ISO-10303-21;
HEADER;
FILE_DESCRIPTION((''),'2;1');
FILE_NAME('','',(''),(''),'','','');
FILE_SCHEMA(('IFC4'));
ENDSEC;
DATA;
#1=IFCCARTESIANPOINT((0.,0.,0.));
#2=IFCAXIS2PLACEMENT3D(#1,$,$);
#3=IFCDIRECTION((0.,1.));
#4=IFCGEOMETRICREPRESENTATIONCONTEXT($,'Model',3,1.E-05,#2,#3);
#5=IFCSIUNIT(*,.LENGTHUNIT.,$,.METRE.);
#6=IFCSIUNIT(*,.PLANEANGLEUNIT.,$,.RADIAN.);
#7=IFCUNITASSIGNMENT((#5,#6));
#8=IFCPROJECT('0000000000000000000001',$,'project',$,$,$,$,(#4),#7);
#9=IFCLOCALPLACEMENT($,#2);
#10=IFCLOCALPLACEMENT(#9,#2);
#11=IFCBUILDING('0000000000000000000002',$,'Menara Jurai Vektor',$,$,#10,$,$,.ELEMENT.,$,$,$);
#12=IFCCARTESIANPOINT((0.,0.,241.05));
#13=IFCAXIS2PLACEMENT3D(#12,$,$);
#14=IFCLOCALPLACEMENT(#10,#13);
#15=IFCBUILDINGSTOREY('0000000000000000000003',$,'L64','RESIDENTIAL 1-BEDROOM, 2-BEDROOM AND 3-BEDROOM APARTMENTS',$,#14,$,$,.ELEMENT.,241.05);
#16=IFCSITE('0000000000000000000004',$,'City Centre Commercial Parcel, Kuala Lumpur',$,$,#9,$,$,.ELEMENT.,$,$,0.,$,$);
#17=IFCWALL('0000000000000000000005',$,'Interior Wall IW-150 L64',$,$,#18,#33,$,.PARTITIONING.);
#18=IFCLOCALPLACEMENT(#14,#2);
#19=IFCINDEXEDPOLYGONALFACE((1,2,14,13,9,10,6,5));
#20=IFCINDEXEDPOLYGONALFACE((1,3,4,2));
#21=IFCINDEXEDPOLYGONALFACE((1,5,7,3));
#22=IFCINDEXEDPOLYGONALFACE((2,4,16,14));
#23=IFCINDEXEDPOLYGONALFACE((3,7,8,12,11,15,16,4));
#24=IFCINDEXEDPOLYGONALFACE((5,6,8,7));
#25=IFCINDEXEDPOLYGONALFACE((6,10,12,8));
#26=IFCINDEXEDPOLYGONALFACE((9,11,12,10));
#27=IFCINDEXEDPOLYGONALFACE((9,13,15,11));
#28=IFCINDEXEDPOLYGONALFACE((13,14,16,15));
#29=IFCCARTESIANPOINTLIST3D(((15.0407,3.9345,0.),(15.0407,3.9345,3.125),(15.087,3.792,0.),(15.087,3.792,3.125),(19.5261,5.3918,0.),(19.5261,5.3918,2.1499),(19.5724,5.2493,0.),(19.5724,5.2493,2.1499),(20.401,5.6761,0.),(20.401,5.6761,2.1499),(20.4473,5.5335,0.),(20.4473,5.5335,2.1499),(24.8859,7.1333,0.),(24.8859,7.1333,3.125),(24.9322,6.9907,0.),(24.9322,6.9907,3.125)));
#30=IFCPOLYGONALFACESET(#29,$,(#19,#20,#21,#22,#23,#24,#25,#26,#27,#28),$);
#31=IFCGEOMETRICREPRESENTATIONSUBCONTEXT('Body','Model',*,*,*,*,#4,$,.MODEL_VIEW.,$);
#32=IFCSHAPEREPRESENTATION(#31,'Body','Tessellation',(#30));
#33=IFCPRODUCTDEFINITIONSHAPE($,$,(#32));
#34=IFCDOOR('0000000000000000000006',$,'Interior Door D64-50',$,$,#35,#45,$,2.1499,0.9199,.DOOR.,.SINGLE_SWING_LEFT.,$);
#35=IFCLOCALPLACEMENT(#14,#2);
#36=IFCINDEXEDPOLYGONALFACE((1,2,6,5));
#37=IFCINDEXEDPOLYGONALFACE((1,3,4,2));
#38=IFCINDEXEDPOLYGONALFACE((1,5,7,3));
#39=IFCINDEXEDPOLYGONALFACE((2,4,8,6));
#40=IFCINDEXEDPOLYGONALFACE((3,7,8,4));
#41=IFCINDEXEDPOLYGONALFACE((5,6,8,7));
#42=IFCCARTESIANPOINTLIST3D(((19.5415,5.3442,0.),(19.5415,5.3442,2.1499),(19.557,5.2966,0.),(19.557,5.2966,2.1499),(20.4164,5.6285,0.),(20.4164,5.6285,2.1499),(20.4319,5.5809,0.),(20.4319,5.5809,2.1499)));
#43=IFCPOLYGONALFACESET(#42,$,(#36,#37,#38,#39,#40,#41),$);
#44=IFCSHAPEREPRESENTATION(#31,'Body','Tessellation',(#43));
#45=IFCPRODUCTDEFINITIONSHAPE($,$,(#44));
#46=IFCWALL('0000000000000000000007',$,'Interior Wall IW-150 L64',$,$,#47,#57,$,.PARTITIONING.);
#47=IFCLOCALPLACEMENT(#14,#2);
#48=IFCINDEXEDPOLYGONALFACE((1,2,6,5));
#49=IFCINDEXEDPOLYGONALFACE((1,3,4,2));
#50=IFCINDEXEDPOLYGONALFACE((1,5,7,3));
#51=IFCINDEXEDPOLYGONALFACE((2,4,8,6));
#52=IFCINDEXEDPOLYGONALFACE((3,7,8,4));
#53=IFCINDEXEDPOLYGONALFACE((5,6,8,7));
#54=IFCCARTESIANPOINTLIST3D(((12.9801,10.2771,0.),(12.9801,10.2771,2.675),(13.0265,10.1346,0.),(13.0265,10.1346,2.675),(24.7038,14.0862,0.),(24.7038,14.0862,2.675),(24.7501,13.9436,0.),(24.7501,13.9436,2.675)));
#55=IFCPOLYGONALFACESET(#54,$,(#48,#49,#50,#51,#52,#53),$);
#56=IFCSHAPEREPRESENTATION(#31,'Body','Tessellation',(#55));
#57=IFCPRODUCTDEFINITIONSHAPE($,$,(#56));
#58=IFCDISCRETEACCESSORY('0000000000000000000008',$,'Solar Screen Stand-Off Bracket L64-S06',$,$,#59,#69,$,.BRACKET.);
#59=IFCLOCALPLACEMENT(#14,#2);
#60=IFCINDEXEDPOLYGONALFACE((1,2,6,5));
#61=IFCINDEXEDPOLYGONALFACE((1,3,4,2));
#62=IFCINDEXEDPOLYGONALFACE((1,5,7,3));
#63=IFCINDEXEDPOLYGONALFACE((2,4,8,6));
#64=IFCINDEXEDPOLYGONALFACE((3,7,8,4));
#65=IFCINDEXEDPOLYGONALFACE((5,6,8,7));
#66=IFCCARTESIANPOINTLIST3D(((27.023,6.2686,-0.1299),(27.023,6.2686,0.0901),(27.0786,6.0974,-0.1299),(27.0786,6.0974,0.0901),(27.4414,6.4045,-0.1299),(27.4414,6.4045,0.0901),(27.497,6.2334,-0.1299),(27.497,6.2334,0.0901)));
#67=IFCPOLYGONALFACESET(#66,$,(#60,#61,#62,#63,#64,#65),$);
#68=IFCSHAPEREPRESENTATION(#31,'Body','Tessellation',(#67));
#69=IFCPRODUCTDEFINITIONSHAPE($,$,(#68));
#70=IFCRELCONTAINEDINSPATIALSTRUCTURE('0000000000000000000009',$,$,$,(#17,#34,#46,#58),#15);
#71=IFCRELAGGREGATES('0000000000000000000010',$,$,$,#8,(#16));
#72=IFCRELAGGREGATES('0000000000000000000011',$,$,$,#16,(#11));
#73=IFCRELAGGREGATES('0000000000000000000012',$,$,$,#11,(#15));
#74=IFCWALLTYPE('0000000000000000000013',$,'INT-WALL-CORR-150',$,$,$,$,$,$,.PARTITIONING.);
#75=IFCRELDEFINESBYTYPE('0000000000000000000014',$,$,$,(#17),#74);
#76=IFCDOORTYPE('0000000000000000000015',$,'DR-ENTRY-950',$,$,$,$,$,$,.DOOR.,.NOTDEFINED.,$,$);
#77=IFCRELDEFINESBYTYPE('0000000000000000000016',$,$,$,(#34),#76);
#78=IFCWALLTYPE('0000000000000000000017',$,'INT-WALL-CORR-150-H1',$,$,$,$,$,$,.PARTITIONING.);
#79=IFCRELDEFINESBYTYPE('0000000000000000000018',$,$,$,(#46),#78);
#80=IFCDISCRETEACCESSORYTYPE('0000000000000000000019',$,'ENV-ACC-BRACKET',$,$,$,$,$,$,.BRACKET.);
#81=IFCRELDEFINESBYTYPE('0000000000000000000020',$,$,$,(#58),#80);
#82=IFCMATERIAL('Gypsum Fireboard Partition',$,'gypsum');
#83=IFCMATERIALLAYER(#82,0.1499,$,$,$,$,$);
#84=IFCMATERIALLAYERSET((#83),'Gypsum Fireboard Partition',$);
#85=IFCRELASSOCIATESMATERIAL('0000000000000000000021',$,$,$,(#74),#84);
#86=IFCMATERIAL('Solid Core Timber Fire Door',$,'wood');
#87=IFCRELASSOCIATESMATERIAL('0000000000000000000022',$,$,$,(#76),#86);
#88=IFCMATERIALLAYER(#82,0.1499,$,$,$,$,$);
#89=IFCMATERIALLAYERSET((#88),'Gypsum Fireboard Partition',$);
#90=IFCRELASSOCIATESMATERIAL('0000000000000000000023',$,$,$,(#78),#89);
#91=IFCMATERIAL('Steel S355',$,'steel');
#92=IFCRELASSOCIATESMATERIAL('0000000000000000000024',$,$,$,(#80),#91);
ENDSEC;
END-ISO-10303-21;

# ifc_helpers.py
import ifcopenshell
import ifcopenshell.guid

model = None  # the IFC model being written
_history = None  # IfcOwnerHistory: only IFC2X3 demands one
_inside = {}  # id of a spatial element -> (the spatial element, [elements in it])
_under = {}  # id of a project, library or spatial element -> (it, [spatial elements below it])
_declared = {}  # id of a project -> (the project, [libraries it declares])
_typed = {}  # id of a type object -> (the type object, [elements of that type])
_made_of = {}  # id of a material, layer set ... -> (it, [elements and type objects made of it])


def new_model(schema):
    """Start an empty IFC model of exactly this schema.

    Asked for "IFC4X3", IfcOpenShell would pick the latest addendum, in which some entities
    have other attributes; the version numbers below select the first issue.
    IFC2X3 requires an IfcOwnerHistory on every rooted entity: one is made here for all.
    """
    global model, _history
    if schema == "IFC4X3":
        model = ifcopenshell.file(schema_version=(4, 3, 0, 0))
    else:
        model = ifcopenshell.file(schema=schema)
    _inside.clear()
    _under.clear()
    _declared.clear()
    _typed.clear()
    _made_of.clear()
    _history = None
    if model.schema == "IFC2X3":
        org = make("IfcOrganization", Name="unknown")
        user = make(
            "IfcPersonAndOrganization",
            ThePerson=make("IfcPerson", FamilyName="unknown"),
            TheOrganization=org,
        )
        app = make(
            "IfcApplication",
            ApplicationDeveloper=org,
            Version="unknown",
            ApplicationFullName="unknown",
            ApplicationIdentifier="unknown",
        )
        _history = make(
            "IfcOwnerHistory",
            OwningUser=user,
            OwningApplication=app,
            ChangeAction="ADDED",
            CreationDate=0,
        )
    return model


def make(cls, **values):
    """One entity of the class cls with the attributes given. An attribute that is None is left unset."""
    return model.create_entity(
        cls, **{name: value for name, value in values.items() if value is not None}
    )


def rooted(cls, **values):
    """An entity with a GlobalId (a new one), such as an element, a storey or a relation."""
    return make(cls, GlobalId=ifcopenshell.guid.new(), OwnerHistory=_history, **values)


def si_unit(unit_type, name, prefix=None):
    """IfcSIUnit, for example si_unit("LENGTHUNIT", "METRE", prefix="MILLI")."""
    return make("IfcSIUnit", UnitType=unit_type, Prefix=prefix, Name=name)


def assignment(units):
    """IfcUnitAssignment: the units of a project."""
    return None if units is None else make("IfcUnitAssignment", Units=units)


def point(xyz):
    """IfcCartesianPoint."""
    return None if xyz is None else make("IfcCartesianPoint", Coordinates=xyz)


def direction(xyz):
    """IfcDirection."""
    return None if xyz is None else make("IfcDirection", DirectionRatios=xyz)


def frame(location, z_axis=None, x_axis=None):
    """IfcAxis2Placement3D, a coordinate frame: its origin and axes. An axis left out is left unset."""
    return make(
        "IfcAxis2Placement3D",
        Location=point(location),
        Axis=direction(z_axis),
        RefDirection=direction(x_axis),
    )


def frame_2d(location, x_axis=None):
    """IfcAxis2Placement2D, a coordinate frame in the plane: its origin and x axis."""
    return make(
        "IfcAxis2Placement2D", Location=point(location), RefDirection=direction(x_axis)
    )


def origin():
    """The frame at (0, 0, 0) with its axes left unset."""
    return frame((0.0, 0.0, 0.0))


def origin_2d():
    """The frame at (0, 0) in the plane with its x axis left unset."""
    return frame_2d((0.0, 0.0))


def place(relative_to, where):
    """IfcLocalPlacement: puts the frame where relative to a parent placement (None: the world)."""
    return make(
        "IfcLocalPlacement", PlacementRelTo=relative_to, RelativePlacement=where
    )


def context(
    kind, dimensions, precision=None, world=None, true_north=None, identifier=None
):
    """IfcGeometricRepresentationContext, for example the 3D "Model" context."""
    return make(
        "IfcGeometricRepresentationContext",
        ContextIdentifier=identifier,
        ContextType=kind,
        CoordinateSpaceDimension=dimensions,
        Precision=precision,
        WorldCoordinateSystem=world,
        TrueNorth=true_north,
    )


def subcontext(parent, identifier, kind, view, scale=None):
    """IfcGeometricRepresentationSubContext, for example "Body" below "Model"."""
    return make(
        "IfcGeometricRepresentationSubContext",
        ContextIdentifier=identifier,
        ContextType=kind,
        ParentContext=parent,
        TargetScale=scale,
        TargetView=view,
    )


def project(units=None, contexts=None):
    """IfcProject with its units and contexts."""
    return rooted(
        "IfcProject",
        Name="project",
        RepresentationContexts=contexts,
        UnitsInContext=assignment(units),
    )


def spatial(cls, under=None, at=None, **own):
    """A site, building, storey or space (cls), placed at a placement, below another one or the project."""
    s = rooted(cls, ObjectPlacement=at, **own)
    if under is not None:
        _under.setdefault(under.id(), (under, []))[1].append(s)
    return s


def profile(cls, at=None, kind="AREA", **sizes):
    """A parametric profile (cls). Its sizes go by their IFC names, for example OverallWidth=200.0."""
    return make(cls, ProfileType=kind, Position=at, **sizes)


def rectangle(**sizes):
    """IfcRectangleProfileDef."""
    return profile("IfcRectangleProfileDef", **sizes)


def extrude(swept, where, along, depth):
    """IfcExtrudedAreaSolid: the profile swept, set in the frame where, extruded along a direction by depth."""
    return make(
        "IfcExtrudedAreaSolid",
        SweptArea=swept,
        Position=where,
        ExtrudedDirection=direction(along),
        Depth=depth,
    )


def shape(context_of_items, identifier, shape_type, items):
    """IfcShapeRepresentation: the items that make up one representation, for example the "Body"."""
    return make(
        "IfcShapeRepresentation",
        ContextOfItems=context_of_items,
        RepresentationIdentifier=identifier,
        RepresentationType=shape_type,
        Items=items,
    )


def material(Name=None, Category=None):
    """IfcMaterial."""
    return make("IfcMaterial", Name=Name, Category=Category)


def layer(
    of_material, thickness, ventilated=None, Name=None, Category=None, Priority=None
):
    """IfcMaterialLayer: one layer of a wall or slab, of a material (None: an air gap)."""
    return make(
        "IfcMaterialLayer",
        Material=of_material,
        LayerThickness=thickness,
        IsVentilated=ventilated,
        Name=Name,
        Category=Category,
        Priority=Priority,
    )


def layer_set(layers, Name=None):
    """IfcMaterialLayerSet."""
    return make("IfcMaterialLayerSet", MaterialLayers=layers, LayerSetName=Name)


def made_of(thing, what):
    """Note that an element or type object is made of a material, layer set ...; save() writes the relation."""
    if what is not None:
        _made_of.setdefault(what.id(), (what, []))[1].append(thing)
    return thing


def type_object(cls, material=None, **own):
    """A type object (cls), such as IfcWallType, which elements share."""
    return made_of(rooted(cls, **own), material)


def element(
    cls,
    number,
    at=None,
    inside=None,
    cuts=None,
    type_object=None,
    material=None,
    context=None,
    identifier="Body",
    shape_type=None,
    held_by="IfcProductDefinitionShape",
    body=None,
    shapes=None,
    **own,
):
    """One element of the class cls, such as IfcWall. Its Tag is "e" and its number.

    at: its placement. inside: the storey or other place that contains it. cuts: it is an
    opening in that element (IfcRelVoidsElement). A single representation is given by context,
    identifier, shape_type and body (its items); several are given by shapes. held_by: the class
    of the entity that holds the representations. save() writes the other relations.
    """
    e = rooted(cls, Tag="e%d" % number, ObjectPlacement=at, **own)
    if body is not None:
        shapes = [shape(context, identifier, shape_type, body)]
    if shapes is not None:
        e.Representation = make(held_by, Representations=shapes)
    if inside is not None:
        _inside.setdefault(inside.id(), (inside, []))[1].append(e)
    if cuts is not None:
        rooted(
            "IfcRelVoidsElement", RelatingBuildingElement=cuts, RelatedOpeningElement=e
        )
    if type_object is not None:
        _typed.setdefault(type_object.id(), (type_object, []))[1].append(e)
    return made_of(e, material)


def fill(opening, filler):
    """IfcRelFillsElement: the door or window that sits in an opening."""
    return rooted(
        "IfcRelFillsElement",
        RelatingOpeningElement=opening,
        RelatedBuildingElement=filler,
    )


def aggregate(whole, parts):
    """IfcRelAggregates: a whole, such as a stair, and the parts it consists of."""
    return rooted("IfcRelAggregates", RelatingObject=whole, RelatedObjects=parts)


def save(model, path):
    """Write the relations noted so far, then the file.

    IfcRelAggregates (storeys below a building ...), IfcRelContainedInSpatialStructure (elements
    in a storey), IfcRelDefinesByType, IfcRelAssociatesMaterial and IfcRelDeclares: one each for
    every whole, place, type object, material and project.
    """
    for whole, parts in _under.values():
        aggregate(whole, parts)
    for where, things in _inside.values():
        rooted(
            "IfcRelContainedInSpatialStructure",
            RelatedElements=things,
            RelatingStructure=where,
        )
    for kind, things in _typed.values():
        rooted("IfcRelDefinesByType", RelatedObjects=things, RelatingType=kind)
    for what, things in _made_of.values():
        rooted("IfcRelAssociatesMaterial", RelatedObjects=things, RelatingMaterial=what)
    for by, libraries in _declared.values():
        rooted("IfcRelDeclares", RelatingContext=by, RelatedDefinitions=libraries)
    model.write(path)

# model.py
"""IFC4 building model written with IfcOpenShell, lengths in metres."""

from ifc_helpers import new_model, si_unit, direction, frame, frame_2d, origin, origin_2d, place, context, subcontext, project, spatial, rectangle, extrude, material, layer, layer_set, type_object, element, fill, save


model = new_model("IFC4")

# Units and contexts
model_context = context("Model", 3, precision=1e-05, world=origin(), true_north=direction((0.0, 1.0)))
body_context = subcontext(model_context, "Body", "Model", "MODEL_VIEW")
ifc_project = project(units=[si_unit("LENGTHUNIT", "METRE"), si_unit("PLANEANGLEUNIT", "RADIAN")], contexts=[model_context])

# Site, building, storey
site_placement = place(None, origin())
site = spatial("IfcSite", under=ifc_project, at=site_placement, Name="City Centre Commercial Parcel, Kuala Lumpur", CompositionType="ELEMENT", RefElevation=0.0)
building_placement = place(site_placement, origin())
building = spatial("IfcBuilding", under=site, at=building_placement, Name="Menara Jurai Vektor", CompositionType="ELEMENT")
storey_placement = place(building_placement, frame((0.0, 0.0, 241.05)))
storey = spatial("IfcBuildingStorey", under=building, at=storey_placement, Name="L64", Description="RESIDENTIAL 1-BEDROOM, 2-BEDROOM AND 3-BEDROOM APARTMENTS", CompositionType="ELEMENT", Elevation=241.05)

# Shared definitions
ifc_material_1 = material(Name="Steel S355", Category="steel")

# Shared definitions
ifc_material_2 = material(Name="Gypsum Fireboard Partition", Category="gypsum")
ifc_layer_1 = layer(ifc_material_2, 0.1499)
ifc_layer_set_1 = layer_set([ifc_layer_1], Name="Gypsum Fireboard Partition")
wall_type_1 = type_object("IfcWallType", Name="INT-WALL-CORR-150", PredefinedType="PARTITIONING", material=ifc_layer_set_1)

# Wall, opening, door
wall_1_placement = place(storey_placement, frame((15.064, 3.8633, 0.0), z_axis=(0.0, 0.0, 1.0), x_axis=(0.951061, 0.309002, 0.0)))
wall_1 = element("IfcWall", 1, at=wall_1_placement, inside=storey, type_object=wall_type_1, Name="Interior Wall IW-150 L64", PredefinedType="PARTITIONING", context=body_context, shape_type="SweptSolid", body=[
    extrude(rectangle(XDim=10.3518, YDim=0.1499, at=frame_2d((5.1758, 0.0))), origin(), (0.0, 0.0, 1.0), 3.125),
])
opening_1_placement = place(wall_1_placement, frame((4.7161, 0.0, 0.0)))
opening_1 = element("IfcOpeningElement", 2, at=opening_1_placement, cuts=wall_1, PredefinedType="OPENING", context=body_context, shape_type="SweptSolid", body=[
    extrude(rectangle(XDim=0.9199, YDim=2.1499, at=frame_2d((0.46, 1.075))), frame((0.0, 0.085, 0.0), z_axis=(0.0, -1.0, 0.0), x_axis=(1.0, 0.0, 0.0)), (0.0, 0.0, 1.0), 0.1699),
])
ifc_material_3 = material(Name="Solid Core Timber Fire Door", Category="wood")
door_type_1 = type_object("IfcDoorType", Name="DR-ENTRY-950", OperationType="NOTDEFINED", PredefinedType="DOOR", material=ifc_material_3)
door_1_placement = place(opening_1_placement, origin())
door_1 = element("IfcDoor", 3, at=door_1_placement, inside=storey, type_object=door_type_1, Name="Interior Door D64-50", OperationType="SINGLE_SWING_LEFT", OverallHeight=2.1499, OverallWidth=0.9199, PredefinedType="DOOR", context=body_context, shape_type="SweptSolid", body=[
    extrude(rectangle(XDim=0.9199, YDim=2.1499, at=frame_2d((0.46, 1.075))), frame((0.0, 0.0249, 0.0), z_axis=(0.0, -1.0, 0.0), x_axis=(1.0, 0.0, 0.0)), (0.0, 0.0, 1.0), 0.05),
])
fill(opening_1, door_1)

# Wall
ifc_layer_2 = layer(ifc_material_2, 0.1499)
ifc_layer_set_2 = layer_set([ifc_layer_2], Name="Gypsum Fireboard Partition")
wall_type_2 = type_object("IfcWallType", Name="INT-WALL-CORR-150-H1", PredefinedType="PARTITIONING", material=ifc_layer_set_2)
wall_2_placement = place(storey_placement, frame((13.0032, 10.2058, 0.0), z_axis=(0.0, 0.0, 1.0), x_axis=(0.95106, 0.309005, 0.0)))
element("IfcWall", 4, at=wall_2_placement, inside=storey, type_object=wall_type_2, Name="Interior Wall IW-150 L64", PredefinedType="PARTITIONING", context=body_context, shape_type="SweptSolid", body=[
    extrude(rectangle(XDim=12.3269, YDim=0.1499, at=frame_2d((6.1636, 0.0))), origin(), (0.0, 0.0, 1.0), 2.675),
])

# Discrete accessory
discrete_accessory_type = type_object("IfcDiscreteAccessoryType", Name="ENV-ACC-BRACKET", PredefinedType="BRACKET", material=ifc_material_1)
discrete_accessory_placement = place(storey_placement, frame((27.26, 6.251, -0.1299), z_axis=(0.0, 0.0, 1.0), x_axis=(-0.309017, 0.951057, 0.0)))
element("IfcDiscreteAccessory", 5, at=discrete_accessory_placement, inside=storey, type_object=discrete_accessory_type, Name="Solar Screen Stand-Off Bracket L64-S06", PredefinedType="BRACKET", context=body_context, shape_type="SweptSolid", body=[
    extrude(rectangle(XDim=0.1799, YDim=0.4399, at=origin_2d()), origin(), (0.0, 0.0, 1.0), 0.22),
])

save(model, "model.ifc")
